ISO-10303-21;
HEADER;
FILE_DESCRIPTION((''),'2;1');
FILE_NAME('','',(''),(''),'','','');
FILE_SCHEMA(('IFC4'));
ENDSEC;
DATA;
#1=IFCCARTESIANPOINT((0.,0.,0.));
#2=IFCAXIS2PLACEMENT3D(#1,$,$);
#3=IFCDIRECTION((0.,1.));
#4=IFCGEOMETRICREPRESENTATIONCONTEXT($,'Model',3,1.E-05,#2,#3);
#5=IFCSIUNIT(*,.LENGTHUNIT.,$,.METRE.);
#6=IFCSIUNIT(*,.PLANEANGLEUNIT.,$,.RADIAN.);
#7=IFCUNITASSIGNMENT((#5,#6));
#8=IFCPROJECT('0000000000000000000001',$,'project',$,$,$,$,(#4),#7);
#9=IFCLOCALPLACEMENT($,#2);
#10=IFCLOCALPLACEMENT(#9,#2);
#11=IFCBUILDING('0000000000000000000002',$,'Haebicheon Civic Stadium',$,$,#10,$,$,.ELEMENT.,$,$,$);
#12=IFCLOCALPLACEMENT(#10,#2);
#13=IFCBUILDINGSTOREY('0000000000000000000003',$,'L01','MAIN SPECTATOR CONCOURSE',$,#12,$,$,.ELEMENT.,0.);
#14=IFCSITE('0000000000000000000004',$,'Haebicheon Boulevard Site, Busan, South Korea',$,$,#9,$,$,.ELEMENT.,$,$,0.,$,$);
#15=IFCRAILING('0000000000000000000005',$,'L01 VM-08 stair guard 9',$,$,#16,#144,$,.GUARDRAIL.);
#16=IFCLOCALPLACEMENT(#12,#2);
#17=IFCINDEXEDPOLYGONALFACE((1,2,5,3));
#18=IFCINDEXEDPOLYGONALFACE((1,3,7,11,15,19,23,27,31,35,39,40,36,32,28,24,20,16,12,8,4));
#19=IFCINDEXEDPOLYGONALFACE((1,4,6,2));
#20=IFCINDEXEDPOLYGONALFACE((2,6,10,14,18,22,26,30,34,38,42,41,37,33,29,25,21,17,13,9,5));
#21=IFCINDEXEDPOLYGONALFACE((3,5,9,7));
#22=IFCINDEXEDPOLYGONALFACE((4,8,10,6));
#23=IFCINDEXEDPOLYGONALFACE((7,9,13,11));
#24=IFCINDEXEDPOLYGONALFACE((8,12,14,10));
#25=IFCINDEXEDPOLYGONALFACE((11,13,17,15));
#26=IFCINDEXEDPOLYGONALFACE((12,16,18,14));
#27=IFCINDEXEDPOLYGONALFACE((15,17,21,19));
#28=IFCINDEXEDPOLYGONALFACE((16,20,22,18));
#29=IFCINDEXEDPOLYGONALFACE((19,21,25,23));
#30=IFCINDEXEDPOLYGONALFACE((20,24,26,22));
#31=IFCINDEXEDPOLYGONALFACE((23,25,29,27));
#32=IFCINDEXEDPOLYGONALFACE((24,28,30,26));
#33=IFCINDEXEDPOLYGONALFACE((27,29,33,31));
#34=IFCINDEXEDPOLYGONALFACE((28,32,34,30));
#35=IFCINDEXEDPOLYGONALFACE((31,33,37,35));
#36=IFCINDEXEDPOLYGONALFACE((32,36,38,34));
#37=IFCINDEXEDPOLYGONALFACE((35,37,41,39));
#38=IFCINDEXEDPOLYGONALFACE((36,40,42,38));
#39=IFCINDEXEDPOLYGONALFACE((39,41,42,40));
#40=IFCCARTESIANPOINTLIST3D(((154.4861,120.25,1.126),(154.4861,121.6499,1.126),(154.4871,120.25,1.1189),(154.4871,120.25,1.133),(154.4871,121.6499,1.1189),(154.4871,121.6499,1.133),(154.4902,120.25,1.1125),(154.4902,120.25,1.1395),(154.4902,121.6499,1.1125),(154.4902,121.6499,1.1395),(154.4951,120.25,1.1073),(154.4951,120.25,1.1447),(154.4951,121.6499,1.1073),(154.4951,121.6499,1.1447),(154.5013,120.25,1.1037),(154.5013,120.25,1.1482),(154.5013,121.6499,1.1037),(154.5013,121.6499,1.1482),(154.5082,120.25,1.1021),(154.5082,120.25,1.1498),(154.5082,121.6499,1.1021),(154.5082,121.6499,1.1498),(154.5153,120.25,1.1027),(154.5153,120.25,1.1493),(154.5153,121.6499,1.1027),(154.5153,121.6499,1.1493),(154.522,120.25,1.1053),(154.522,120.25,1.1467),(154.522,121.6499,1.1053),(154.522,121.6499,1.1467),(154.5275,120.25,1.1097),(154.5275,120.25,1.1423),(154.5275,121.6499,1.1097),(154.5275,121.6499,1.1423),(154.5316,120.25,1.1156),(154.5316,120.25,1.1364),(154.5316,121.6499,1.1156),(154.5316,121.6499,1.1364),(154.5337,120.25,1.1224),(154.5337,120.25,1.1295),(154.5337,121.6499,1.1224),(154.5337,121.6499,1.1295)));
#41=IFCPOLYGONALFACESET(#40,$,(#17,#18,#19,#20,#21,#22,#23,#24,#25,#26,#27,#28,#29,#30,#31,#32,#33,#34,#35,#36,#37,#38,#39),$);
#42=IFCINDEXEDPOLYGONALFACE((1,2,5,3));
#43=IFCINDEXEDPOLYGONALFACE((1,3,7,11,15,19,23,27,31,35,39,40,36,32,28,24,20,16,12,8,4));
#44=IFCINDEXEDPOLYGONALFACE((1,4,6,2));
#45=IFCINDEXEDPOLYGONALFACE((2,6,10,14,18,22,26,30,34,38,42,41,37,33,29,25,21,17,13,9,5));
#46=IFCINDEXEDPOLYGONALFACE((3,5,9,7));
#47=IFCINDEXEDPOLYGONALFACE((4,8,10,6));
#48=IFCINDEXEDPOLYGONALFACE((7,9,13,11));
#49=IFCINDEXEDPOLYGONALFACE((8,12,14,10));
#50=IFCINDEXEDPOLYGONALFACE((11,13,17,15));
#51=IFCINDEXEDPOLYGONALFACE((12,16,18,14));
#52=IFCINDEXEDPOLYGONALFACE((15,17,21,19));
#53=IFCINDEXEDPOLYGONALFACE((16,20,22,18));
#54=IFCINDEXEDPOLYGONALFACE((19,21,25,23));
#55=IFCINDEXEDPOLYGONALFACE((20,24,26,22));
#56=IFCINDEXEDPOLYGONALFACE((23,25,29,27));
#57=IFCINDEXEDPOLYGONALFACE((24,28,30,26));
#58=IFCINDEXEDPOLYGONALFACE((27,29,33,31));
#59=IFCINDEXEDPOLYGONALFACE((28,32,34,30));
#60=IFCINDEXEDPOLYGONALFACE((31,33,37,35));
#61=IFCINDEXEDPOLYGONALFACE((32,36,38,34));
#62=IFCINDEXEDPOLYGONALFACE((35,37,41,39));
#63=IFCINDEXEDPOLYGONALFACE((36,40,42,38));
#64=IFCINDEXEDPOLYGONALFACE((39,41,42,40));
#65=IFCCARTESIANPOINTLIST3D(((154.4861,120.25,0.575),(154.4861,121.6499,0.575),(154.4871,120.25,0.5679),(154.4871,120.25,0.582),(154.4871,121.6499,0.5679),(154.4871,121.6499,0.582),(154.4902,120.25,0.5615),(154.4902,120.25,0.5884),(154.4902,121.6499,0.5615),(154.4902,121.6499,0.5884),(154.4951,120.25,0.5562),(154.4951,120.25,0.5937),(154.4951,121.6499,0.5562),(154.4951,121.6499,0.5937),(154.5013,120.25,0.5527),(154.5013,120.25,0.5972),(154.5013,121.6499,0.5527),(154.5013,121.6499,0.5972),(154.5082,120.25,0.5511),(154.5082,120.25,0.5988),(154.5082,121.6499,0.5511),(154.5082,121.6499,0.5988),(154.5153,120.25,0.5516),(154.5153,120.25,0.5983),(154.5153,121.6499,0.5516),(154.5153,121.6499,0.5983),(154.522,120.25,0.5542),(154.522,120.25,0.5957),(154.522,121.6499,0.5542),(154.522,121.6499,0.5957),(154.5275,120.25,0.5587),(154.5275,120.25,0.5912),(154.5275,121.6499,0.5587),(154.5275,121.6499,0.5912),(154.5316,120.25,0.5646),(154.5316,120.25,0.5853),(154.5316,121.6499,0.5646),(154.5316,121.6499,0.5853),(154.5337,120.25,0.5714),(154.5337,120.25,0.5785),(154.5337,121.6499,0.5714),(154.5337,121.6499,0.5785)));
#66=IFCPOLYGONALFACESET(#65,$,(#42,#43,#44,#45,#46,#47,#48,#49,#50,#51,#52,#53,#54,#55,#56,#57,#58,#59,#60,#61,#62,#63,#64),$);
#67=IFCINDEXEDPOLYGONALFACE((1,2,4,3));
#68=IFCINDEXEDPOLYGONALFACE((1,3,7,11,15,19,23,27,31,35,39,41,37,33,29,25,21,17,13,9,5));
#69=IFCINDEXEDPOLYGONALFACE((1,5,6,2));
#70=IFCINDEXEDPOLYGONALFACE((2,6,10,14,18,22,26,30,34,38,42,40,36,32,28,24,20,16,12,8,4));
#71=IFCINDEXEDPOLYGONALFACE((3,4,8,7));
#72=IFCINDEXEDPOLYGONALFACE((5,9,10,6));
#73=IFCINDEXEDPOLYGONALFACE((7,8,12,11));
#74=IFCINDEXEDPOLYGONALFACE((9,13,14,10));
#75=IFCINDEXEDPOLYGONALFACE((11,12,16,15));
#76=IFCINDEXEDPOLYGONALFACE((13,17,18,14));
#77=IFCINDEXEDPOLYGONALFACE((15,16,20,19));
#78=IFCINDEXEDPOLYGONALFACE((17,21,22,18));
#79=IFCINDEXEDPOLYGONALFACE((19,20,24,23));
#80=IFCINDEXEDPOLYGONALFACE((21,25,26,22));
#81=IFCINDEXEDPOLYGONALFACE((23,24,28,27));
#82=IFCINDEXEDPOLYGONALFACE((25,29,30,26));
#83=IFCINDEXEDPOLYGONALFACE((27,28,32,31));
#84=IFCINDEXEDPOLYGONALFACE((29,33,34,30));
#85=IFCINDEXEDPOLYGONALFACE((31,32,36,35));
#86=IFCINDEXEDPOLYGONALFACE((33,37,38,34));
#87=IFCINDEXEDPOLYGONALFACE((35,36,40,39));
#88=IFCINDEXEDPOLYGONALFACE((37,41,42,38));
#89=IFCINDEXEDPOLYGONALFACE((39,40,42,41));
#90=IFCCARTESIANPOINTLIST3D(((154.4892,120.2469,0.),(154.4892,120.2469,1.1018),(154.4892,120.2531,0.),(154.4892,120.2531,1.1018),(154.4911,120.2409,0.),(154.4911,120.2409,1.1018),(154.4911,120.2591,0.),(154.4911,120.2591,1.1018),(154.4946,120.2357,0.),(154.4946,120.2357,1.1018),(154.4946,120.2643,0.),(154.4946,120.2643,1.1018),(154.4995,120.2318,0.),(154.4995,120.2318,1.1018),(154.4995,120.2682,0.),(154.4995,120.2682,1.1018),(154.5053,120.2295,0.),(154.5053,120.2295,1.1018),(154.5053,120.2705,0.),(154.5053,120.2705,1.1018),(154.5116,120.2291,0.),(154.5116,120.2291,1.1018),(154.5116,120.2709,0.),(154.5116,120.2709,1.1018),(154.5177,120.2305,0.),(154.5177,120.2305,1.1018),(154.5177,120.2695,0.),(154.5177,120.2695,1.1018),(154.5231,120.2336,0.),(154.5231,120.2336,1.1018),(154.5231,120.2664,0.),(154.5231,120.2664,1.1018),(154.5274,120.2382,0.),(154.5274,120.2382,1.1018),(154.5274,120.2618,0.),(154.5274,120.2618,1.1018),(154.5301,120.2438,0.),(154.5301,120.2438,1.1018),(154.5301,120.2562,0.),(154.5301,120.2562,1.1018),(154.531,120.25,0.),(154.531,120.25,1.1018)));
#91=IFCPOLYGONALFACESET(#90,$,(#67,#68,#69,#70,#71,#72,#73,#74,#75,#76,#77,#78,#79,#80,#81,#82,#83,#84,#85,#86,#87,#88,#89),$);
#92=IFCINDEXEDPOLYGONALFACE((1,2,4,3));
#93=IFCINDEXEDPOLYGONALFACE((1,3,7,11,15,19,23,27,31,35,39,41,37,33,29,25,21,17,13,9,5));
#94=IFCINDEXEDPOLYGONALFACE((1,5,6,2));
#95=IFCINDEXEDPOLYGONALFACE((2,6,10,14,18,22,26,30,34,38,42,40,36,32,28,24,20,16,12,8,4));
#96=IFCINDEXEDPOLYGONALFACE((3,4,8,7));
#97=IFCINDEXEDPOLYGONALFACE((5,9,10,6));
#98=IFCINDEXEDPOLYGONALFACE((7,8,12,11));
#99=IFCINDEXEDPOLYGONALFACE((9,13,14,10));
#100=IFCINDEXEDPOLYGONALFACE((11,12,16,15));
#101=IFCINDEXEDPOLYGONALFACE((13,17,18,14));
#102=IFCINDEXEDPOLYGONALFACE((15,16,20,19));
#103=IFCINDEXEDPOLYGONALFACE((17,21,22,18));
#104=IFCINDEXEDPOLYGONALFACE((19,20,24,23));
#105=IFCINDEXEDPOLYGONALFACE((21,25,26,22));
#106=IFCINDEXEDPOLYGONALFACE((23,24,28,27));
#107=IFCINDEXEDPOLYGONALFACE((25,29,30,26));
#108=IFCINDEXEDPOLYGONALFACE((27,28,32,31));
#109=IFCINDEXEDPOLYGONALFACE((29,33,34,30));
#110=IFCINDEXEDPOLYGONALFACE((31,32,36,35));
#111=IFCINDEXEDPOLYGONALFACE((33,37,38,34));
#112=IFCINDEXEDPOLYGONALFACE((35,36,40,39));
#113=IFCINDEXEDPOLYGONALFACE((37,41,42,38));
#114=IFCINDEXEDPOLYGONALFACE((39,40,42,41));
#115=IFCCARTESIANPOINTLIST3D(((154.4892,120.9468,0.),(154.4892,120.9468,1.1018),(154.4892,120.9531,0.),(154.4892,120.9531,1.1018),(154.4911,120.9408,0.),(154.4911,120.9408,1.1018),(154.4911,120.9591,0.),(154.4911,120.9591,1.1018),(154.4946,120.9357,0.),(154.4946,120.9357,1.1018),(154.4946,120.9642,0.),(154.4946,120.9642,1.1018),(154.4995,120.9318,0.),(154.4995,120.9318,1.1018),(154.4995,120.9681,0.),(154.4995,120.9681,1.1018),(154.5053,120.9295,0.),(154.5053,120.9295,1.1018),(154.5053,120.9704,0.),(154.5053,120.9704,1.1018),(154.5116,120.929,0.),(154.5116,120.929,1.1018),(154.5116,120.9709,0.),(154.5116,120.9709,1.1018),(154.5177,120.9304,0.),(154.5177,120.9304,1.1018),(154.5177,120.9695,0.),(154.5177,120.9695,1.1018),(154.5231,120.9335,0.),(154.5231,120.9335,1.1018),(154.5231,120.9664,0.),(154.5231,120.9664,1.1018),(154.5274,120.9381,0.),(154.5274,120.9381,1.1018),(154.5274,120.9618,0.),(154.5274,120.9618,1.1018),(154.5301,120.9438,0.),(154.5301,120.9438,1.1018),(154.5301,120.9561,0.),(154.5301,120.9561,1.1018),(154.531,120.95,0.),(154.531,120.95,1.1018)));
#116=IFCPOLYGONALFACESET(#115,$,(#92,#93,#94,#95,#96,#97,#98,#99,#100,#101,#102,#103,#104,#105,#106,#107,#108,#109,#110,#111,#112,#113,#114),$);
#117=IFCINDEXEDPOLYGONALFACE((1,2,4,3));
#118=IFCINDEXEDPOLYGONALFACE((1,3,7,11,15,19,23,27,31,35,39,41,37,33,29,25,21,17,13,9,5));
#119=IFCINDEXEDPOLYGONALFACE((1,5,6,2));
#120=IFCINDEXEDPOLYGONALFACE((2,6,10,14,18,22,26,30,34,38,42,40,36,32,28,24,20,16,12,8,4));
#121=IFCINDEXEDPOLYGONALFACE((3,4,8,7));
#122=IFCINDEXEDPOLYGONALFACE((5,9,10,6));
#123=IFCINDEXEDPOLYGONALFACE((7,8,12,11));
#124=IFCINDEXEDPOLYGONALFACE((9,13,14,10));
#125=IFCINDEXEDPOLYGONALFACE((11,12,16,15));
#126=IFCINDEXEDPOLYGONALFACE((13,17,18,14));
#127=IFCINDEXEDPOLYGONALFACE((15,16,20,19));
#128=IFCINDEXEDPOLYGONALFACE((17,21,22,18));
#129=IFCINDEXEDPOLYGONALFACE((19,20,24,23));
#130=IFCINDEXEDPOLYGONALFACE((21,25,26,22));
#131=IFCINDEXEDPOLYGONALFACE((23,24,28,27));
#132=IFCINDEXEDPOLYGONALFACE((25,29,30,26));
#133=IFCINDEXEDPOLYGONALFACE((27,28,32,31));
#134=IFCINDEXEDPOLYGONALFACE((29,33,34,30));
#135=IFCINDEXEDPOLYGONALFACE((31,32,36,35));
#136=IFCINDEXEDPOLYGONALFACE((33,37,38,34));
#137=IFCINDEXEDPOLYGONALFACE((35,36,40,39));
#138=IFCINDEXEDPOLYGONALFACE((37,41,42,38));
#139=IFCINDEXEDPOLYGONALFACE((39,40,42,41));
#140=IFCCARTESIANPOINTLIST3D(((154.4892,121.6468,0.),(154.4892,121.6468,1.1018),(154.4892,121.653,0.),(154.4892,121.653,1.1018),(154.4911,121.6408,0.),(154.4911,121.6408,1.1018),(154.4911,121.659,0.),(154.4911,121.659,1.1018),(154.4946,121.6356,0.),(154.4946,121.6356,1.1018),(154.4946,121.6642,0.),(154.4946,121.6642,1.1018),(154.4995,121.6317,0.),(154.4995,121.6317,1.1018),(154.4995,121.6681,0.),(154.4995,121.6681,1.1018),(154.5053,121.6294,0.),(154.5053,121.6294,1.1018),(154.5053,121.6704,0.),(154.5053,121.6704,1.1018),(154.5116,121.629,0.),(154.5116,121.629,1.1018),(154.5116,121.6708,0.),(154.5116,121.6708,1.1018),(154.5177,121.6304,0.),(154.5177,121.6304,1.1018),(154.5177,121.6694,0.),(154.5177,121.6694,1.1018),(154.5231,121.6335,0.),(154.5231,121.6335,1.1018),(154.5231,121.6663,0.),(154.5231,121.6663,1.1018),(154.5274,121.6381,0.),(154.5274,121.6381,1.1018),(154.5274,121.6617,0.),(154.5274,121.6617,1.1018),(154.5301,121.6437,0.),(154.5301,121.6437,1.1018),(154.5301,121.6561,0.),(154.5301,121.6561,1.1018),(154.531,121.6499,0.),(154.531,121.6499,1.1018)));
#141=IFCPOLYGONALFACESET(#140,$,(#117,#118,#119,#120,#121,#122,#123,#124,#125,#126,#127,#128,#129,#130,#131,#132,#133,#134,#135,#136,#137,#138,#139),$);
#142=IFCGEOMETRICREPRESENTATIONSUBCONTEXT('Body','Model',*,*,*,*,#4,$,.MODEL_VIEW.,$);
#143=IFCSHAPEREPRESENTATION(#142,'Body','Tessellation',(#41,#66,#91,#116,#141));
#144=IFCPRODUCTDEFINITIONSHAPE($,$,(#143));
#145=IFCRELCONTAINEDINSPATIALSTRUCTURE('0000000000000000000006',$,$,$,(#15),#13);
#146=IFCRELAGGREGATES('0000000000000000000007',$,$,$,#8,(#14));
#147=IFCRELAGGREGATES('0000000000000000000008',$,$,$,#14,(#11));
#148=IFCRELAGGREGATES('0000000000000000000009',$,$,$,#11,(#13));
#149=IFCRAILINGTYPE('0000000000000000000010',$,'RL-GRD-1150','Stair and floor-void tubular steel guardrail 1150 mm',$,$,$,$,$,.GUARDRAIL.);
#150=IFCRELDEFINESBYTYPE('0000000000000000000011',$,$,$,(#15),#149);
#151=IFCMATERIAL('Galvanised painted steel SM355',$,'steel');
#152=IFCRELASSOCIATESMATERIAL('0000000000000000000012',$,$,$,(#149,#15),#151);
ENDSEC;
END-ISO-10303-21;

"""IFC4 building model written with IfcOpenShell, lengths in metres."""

from ifc_helpers import new_model, si_unit, direction, frame, origin, origin_2d, place, context, subcontext, project, spatial, circle, extrude, material, type_object, element, save


model = new_model("IFC4")

# Units and contexts
model_context = context("Model", 3, precision=1e-05, world=origin(), true_north=direction((0.0, 1.0)))
body_context = subcontext(model_context, "Body", "Model", "MODEL_VIEW")
ifc_project = project(units=[si_unit("LENGTHUNIT", "METRE"), si_unit("PLANEANGLEUNIT", "RADIAN")], contexts=[model_context])

# Site, building, storey
site_placement = place(None, origin())
site = spatial("IfcSite", under=ifc_project, at=site_placement, Name="Haebicheon Boulevard Site, Busan, South Korea", CompositionType="ELEMENT", RefElevation=0.0)
building_placement = place(site_placement, origin())
building = spatial("IfcBuilding", under=site, at=building_placement, Name="Haebicheon Civic Stadium", CompositionType="ELEMENT")
storey_placement = place(building_placement, origin())
storey = spatial("IfcBuildingStorey", under=building, at=storey_placement, Name="L01", Description="MAIN SPECTATOR CONCOURSE", CompositionType="ELEMENT", Elevation=0.0)

# Railing
ifc_material_1 = material(Name="Galvanised painted steel SM355", Category="steel")
railing_type_1 = type_object("IfcRailingType", Name="RL-GRD-1150", Description="Stair and floor-void tubular steel guardrail 1150 mm", PredefinedType="GUARDRAIL", material=ifc_material_1)
for number, where, name in (
    (1, (154.51, 120.25, 0.0), "L01 VM-08 stair guard 9"),
):
    element("IfcRailing", number, at=place(storey_placement, frame(where)), inside=storey, type_object=railing_type_1, material=ifc_material_1, Name=name, PredefinedType="GUARDRAIL", context=body_context, shape_type="SweptSolid", body=[
        extrude(circle(Radius=0.0239, at=origin_2d()), frame((0.0, 0.0, 1.126), z_axis=(0.0, 1.0, 0.0), x_axis=(-1.0, 0.0, 0.0)), (0.0, 0.0, 1.0), 1.3999),
        extrude(circle(Radius=0.0239, at=origin_2d()), frame((0.0, 0.0, 0.575), z_axis=(0.0, 1.0, 0.0), x_axis=(-1.0, 0.0, 0.0)), (0.0, 0.0, 1.0), 1.3999),
        extrude(circle(Radius=0.021, at=origin_2d()), origin(), (0.0, 0.0, 1.0), 1.1018),
        extrude(circle(Radius=0.021, at=origin_2d()), frame((0.0, 0.7, 0.0)), (0.0, 0.0, 1.0), 1.1018),
        extrude(circle(Radius=0.021, at=origin_2d()), frame((0.0, 1.3999, 0.0)), (0.0, 0.0, 1.0), 1.1018),
    ])

save(model, "model.ifc")
